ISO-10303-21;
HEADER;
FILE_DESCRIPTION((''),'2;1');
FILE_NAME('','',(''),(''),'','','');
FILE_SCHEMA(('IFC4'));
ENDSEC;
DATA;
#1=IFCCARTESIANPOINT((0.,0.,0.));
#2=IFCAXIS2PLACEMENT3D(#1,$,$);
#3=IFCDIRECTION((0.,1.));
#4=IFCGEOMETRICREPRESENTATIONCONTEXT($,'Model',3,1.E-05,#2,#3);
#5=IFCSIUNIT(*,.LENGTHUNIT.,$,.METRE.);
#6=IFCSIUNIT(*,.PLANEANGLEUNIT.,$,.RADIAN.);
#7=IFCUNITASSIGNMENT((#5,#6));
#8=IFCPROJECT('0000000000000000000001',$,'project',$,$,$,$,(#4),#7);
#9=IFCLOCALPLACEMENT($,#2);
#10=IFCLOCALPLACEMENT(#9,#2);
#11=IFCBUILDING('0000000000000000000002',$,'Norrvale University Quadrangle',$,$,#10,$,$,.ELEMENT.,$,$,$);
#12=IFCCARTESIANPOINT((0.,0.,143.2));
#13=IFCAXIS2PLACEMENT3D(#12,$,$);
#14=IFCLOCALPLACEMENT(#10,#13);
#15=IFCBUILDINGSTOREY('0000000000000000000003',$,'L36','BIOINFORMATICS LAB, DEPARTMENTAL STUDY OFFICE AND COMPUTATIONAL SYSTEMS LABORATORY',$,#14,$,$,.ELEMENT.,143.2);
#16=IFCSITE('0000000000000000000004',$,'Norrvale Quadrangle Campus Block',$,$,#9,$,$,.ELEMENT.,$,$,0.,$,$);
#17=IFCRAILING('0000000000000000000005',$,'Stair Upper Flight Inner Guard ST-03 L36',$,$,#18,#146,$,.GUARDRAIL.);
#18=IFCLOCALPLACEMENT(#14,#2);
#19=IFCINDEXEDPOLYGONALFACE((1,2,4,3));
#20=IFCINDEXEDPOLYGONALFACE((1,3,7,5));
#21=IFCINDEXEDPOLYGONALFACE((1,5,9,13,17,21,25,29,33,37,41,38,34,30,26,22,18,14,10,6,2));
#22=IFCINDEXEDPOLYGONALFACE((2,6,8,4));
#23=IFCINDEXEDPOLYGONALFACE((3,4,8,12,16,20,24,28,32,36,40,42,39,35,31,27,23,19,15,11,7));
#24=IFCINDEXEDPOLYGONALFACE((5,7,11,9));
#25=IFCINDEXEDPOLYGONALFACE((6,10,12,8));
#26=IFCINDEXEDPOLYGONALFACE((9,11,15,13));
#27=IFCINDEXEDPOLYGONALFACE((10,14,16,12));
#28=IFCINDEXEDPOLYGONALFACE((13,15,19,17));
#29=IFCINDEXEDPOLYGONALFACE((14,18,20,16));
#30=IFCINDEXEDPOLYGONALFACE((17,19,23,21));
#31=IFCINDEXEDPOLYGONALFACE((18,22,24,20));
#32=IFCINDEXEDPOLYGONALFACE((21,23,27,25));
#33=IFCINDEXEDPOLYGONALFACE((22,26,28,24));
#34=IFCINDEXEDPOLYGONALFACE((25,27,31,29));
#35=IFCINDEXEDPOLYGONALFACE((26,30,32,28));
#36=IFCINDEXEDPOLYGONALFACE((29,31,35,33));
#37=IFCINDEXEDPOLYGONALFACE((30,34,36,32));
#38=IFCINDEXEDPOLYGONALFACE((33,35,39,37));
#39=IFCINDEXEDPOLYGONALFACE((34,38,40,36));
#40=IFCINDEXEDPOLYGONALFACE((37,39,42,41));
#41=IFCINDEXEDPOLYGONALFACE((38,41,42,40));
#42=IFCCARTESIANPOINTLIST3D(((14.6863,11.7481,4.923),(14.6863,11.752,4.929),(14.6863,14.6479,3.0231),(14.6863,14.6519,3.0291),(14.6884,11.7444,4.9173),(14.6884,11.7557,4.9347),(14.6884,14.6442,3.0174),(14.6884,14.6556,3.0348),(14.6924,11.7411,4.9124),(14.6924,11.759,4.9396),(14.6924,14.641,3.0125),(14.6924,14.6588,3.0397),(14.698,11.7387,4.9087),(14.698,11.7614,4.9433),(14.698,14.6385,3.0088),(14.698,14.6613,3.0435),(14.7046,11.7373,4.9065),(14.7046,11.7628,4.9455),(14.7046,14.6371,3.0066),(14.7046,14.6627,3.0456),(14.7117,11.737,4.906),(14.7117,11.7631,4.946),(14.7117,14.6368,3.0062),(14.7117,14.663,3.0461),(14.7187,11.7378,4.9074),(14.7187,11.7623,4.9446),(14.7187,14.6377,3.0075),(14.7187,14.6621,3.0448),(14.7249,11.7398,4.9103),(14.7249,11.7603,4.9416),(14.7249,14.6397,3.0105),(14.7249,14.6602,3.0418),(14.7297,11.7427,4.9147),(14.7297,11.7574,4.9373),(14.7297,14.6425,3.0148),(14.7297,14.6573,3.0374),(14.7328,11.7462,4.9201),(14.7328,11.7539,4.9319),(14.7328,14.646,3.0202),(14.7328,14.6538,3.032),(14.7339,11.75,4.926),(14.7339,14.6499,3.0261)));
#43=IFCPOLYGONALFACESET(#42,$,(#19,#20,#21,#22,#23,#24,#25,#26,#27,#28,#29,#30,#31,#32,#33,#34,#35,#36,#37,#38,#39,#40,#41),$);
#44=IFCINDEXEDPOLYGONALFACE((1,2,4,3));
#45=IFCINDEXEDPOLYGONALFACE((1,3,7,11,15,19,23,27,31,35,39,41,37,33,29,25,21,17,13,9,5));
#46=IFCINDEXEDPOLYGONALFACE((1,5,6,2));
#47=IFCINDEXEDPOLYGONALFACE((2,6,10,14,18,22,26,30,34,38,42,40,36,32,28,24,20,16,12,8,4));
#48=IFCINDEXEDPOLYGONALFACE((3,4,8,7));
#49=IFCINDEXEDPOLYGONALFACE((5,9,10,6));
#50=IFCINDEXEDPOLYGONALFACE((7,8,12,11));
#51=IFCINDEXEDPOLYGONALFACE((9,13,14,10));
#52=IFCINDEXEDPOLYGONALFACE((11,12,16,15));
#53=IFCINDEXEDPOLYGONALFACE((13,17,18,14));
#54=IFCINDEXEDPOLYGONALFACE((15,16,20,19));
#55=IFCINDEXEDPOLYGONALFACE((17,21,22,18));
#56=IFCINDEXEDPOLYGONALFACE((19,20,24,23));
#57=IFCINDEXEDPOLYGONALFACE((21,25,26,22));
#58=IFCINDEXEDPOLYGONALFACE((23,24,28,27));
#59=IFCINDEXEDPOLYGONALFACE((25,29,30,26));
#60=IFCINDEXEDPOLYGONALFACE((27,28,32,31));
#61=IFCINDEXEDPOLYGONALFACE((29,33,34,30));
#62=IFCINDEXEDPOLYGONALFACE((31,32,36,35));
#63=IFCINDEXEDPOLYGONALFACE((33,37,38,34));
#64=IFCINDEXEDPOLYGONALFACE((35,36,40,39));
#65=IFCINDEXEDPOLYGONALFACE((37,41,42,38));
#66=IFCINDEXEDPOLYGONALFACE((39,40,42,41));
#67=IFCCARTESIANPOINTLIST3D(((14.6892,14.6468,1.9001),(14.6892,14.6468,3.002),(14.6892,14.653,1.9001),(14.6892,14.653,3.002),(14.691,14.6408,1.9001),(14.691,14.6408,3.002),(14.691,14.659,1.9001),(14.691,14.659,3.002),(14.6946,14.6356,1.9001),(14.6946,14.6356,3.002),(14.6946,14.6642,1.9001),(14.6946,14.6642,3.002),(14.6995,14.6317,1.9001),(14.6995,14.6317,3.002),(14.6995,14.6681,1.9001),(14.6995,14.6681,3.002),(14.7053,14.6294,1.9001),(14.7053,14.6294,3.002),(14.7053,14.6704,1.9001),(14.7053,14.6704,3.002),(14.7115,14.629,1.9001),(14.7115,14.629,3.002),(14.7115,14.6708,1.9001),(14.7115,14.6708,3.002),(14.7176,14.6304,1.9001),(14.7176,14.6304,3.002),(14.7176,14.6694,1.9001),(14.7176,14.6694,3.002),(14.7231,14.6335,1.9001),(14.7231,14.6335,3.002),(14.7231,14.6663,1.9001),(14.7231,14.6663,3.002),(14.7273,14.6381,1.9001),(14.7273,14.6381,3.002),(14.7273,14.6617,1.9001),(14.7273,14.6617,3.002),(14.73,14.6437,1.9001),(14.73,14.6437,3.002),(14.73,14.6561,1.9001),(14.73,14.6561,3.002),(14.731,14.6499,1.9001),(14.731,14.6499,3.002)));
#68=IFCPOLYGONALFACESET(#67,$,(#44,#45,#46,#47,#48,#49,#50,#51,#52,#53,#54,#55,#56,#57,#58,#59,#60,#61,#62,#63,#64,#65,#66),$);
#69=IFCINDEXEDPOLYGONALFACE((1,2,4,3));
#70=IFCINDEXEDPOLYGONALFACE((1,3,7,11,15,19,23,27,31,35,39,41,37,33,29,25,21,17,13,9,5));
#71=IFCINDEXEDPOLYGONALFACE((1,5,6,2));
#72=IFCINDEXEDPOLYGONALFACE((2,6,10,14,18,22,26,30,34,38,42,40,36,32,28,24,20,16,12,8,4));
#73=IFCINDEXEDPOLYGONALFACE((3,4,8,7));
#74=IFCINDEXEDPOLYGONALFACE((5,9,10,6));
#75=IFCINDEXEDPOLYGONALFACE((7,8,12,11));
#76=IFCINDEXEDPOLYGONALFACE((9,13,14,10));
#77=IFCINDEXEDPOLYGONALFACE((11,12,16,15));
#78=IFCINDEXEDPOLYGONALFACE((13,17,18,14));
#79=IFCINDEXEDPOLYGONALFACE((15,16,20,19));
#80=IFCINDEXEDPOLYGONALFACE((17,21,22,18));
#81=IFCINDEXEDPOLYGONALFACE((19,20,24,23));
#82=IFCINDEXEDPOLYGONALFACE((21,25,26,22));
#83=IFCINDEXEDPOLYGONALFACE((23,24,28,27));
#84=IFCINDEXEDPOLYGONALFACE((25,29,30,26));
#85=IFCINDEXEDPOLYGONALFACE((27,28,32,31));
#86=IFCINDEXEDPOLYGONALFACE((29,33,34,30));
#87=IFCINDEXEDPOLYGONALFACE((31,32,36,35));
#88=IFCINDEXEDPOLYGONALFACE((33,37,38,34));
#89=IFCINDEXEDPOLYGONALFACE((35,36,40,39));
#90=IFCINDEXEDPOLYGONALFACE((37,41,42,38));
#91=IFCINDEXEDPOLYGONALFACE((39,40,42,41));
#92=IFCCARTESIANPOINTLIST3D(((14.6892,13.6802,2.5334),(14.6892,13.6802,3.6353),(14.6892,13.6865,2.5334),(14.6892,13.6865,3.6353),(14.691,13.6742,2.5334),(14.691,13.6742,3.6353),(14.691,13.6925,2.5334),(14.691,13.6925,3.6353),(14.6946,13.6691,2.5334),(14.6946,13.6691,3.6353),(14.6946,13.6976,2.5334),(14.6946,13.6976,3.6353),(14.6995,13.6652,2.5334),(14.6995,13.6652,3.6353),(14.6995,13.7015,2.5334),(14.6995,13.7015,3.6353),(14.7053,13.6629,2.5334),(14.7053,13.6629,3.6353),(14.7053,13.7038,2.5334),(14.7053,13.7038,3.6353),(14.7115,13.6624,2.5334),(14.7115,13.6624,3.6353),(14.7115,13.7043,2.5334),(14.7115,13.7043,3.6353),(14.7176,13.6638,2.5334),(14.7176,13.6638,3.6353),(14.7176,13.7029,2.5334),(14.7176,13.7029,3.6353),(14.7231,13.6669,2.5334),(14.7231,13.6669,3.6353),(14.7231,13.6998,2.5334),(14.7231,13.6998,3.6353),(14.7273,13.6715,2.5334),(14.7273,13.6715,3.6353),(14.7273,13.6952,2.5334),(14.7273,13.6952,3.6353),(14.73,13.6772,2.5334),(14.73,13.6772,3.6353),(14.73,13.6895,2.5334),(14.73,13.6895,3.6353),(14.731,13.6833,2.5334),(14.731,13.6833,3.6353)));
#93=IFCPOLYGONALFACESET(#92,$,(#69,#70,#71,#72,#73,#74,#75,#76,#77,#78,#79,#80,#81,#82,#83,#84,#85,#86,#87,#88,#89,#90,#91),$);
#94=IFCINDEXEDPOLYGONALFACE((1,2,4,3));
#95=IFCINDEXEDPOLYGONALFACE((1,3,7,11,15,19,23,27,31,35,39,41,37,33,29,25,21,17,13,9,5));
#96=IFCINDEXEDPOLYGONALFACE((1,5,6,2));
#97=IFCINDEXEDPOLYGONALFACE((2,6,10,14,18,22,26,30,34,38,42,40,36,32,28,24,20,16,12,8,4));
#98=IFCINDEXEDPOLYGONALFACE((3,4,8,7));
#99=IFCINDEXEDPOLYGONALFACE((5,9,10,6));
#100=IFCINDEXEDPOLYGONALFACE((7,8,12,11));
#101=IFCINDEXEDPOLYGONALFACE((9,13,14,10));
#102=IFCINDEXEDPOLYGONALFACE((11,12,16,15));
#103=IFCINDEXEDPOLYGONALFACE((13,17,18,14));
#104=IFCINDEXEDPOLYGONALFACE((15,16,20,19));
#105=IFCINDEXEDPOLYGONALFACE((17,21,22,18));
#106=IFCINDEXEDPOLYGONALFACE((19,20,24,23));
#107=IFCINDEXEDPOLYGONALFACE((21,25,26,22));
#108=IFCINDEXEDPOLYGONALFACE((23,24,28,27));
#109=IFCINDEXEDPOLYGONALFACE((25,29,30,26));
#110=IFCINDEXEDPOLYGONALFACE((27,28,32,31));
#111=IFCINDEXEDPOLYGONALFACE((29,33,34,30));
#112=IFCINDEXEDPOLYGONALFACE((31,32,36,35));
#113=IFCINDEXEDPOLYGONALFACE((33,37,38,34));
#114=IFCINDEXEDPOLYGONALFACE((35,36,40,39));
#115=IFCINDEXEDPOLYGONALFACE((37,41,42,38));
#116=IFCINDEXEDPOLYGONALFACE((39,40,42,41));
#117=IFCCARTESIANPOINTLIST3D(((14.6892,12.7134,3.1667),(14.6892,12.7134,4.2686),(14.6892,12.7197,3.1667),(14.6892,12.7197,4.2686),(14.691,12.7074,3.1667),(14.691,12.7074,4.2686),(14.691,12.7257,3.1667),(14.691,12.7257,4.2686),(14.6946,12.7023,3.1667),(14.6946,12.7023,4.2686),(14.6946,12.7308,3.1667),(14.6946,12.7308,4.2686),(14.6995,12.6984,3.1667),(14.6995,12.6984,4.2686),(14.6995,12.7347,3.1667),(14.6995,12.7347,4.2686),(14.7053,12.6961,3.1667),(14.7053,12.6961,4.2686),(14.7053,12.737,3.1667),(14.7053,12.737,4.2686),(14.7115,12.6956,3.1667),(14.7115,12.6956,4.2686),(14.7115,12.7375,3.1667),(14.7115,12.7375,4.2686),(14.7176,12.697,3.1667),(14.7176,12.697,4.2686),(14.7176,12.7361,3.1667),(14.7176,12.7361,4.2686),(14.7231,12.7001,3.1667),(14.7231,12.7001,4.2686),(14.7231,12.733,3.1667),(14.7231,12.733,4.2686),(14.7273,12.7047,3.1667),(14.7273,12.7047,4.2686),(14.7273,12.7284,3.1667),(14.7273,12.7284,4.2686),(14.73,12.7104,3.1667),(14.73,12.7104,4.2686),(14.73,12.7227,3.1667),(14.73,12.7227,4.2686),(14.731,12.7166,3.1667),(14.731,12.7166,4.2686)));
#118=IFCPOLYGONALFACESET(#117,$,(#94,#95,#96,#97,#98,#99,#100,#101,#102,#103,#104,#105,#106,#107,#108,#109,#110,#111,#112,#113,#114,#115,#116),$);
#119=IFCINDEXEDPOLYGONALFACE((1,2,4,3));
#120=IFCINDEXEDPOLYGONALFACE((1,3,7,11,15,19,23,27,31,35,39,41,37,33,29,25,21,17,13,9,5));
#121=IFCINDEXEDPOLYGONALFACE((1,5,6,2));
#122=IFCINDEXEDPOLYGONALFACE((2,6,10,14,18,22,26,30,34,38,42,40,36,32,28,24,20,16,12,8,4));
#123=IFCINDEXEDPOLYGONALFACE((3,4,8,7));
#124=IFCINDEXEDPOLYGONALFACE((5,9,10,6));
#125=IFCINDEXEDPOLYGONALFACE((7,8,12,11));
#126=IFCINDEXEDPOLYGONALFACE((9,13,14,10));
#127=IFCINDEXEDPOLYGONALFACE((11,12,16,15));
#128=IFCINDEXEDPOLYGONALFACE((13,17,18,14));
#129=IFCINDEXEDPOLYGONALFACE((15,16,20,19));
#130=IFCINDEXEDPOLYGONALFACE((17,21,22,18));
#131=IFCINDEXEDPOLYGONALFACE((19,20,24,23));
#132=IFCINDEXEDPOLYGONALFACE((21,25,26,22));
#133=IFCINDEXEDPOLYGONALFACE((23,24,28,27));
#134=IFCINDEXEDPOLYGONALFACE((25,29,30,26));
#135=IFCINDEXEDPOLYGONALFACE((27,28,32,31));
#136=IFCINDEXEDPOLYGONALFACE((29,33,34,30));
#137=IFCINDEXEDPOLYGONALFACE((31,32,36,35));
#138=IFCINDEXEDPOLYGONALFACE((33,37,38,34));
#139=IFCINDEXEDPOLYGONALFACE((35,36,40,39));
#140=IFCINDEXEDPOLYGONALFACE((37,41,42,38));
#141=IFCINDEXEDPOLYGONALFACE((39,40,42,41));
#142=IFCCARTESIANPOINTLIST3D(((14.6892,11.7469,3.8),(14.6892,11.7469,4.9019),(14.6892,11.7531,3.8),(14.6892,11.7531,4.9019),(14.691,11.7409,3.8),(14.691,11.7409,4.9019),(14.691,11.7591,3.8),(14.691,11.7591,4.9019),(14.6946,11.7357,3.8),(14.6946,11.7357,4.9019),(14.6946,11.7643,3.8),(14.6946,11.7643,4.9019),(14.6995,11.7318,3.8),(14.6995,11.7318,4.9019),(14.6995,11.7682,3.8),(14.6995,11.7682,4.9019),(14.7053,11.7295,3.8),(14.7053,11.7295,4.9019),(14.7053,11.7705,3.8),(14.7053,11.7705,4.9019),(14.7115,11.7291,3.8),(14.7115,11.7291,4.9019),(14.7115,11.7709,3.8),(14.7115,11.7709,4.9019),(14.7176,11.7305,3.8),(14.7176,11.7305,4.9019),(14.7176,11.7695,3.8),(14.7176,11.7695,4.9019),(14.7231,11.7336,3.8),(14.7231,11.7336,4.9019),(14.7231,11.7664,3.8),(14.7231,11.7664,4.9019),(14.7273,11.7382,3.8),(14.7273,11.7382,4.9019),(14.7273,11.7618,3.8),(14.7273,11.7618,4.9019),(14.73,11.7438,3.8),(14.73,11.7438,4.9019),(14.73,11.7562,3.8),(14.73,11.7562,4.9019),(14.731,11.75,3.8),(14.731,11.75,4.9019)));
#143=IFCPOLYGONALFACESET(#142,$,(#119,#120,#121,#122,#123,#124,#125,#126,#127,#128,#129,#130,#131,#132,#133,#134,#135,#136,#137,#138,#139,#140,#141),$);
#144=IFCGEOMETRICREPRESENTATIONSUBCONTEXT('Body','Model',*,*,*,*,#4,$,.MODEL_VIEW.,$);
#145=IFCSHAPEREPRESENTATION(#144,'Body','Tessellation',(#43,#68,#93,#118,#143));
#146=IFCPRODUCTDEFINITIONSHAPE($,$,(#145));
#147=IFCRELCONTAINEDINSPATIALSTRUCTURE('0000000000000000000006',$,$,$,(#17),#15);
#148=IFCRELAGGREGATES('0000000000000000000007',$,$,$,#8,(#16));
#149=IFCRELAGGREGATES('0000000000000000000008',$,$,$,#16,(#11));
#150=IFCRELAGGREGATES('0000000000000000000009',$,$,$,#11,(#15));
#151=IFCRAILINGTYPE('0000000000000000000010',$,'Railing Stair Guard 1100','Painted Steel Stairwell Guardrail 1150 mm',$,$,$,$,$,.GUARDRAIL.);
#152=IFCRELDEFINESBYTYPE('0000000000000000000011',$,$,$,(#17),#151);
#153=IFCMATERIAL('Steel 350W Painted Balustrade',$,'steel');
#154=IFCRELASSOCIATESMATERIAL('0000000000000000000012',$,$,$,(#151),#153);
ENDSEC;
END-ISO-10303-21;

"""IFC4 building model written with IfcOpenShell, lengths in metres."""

from ifc_helpers import new_model, si_unit, direction, frame, origin, origin_2d, place, context, subcontext, project, spatial, circle, extrude, material, type_object, element, save


model = new_model("IFC4")

# Units and contexts
model_context = context("Model", 3, precision=1e-05, world=origin(), true_north=direction((0.0, 1.0)))
body_context = subcontext(model_context, "Body", "Model", "MODEL_VIEW")
ifc_project = project(units=[si_unit("LENGTHUNIT", "METRE"), si_unit("PLANEANGLEUNIT", "RADIAN")], contexts=[model_context])

# Site, building, storey
site_placement = place(None, origin())
site = spatial("IfcSite", under=ifc_project, at=site_placement, Name="Norrvale Quadrangle Campus Block", CompositionType="ELEMENT", RefElevation=0.0)
building_placement = place(site_placement, origin())
building = spatial("IfcBuilding", under=site, at=building_placement, Name="Norrvale University Quadrangle", CompositionType="ELEMENT")
storey_placement = place(building_placement, frame((0.0, 0.0, 143.2)))
storey = spatial("IfcBuildingStorey", under=building, at=storey_placement, Name="L36", Description="BIOINFORMATICS LAB, DEPARTMENTAL STUDY OFFICE AND COMPUTATIONAL SYSTEMS LABORATORY", CompositionType="ELEMENT", Elevation=143.2)

# Railing
ifc_material_1 = material(Name="Steel 350W Painted Balustrade", Category="steel")
railing_type_1 = type_object("IfcRailingType", Name="Railing Stair Guard 1100", Description="Painted Steel Stairwell Guardrail 1150 mm", PredefinedType="GUARDRAIL", material=ifc_material_1)
railing_1_placement = place(storey_placement, frame((14.71, 14.6499, 1.9001)))
element("IfcRailing", 1, at=railing_1_placement, inside=storey, type_object=railing_type_1, Name="Stair Upper Flight Inner Guard ST-03 L36", PredefinedType="GUARDRAIL", context=body_context, shape_type="SweptSolid", body=[
    extrude(circle(Radius=0.0239, at=origin_2d()), frame((0.0, 0.0, 1.126), z_axis=(0.0, -0.836466, 0.548019), x_axis=(1.0, 0.0, 0.0)), (0.0, 0.0, 1.0), 3.4668),
    extrude(circle(Radius=0.021, at=origin_2d()), origin(), (0.0, 0.0, 1.0), 1.1018),
    extrude(circle(Radius=0.021, at=origin_2d()), frame((0.0, -0.9666, 0.6333)), (0.0, 0.0, 1.0), 1.1018),
    extrude(circle(Radius=0.021, at=origin_2d()), frame((0.0, -1.9333, 1.2666)), (0.0, 0.0, 1.0), 1.1018),
    extrude(circle(Radius=0.021, at=origin_2d()), frame((0.0, -2.8999, 1.8999)), (0.0, 0.0, 1.0), 1.1018),
])

save(model, "model.ifc")
